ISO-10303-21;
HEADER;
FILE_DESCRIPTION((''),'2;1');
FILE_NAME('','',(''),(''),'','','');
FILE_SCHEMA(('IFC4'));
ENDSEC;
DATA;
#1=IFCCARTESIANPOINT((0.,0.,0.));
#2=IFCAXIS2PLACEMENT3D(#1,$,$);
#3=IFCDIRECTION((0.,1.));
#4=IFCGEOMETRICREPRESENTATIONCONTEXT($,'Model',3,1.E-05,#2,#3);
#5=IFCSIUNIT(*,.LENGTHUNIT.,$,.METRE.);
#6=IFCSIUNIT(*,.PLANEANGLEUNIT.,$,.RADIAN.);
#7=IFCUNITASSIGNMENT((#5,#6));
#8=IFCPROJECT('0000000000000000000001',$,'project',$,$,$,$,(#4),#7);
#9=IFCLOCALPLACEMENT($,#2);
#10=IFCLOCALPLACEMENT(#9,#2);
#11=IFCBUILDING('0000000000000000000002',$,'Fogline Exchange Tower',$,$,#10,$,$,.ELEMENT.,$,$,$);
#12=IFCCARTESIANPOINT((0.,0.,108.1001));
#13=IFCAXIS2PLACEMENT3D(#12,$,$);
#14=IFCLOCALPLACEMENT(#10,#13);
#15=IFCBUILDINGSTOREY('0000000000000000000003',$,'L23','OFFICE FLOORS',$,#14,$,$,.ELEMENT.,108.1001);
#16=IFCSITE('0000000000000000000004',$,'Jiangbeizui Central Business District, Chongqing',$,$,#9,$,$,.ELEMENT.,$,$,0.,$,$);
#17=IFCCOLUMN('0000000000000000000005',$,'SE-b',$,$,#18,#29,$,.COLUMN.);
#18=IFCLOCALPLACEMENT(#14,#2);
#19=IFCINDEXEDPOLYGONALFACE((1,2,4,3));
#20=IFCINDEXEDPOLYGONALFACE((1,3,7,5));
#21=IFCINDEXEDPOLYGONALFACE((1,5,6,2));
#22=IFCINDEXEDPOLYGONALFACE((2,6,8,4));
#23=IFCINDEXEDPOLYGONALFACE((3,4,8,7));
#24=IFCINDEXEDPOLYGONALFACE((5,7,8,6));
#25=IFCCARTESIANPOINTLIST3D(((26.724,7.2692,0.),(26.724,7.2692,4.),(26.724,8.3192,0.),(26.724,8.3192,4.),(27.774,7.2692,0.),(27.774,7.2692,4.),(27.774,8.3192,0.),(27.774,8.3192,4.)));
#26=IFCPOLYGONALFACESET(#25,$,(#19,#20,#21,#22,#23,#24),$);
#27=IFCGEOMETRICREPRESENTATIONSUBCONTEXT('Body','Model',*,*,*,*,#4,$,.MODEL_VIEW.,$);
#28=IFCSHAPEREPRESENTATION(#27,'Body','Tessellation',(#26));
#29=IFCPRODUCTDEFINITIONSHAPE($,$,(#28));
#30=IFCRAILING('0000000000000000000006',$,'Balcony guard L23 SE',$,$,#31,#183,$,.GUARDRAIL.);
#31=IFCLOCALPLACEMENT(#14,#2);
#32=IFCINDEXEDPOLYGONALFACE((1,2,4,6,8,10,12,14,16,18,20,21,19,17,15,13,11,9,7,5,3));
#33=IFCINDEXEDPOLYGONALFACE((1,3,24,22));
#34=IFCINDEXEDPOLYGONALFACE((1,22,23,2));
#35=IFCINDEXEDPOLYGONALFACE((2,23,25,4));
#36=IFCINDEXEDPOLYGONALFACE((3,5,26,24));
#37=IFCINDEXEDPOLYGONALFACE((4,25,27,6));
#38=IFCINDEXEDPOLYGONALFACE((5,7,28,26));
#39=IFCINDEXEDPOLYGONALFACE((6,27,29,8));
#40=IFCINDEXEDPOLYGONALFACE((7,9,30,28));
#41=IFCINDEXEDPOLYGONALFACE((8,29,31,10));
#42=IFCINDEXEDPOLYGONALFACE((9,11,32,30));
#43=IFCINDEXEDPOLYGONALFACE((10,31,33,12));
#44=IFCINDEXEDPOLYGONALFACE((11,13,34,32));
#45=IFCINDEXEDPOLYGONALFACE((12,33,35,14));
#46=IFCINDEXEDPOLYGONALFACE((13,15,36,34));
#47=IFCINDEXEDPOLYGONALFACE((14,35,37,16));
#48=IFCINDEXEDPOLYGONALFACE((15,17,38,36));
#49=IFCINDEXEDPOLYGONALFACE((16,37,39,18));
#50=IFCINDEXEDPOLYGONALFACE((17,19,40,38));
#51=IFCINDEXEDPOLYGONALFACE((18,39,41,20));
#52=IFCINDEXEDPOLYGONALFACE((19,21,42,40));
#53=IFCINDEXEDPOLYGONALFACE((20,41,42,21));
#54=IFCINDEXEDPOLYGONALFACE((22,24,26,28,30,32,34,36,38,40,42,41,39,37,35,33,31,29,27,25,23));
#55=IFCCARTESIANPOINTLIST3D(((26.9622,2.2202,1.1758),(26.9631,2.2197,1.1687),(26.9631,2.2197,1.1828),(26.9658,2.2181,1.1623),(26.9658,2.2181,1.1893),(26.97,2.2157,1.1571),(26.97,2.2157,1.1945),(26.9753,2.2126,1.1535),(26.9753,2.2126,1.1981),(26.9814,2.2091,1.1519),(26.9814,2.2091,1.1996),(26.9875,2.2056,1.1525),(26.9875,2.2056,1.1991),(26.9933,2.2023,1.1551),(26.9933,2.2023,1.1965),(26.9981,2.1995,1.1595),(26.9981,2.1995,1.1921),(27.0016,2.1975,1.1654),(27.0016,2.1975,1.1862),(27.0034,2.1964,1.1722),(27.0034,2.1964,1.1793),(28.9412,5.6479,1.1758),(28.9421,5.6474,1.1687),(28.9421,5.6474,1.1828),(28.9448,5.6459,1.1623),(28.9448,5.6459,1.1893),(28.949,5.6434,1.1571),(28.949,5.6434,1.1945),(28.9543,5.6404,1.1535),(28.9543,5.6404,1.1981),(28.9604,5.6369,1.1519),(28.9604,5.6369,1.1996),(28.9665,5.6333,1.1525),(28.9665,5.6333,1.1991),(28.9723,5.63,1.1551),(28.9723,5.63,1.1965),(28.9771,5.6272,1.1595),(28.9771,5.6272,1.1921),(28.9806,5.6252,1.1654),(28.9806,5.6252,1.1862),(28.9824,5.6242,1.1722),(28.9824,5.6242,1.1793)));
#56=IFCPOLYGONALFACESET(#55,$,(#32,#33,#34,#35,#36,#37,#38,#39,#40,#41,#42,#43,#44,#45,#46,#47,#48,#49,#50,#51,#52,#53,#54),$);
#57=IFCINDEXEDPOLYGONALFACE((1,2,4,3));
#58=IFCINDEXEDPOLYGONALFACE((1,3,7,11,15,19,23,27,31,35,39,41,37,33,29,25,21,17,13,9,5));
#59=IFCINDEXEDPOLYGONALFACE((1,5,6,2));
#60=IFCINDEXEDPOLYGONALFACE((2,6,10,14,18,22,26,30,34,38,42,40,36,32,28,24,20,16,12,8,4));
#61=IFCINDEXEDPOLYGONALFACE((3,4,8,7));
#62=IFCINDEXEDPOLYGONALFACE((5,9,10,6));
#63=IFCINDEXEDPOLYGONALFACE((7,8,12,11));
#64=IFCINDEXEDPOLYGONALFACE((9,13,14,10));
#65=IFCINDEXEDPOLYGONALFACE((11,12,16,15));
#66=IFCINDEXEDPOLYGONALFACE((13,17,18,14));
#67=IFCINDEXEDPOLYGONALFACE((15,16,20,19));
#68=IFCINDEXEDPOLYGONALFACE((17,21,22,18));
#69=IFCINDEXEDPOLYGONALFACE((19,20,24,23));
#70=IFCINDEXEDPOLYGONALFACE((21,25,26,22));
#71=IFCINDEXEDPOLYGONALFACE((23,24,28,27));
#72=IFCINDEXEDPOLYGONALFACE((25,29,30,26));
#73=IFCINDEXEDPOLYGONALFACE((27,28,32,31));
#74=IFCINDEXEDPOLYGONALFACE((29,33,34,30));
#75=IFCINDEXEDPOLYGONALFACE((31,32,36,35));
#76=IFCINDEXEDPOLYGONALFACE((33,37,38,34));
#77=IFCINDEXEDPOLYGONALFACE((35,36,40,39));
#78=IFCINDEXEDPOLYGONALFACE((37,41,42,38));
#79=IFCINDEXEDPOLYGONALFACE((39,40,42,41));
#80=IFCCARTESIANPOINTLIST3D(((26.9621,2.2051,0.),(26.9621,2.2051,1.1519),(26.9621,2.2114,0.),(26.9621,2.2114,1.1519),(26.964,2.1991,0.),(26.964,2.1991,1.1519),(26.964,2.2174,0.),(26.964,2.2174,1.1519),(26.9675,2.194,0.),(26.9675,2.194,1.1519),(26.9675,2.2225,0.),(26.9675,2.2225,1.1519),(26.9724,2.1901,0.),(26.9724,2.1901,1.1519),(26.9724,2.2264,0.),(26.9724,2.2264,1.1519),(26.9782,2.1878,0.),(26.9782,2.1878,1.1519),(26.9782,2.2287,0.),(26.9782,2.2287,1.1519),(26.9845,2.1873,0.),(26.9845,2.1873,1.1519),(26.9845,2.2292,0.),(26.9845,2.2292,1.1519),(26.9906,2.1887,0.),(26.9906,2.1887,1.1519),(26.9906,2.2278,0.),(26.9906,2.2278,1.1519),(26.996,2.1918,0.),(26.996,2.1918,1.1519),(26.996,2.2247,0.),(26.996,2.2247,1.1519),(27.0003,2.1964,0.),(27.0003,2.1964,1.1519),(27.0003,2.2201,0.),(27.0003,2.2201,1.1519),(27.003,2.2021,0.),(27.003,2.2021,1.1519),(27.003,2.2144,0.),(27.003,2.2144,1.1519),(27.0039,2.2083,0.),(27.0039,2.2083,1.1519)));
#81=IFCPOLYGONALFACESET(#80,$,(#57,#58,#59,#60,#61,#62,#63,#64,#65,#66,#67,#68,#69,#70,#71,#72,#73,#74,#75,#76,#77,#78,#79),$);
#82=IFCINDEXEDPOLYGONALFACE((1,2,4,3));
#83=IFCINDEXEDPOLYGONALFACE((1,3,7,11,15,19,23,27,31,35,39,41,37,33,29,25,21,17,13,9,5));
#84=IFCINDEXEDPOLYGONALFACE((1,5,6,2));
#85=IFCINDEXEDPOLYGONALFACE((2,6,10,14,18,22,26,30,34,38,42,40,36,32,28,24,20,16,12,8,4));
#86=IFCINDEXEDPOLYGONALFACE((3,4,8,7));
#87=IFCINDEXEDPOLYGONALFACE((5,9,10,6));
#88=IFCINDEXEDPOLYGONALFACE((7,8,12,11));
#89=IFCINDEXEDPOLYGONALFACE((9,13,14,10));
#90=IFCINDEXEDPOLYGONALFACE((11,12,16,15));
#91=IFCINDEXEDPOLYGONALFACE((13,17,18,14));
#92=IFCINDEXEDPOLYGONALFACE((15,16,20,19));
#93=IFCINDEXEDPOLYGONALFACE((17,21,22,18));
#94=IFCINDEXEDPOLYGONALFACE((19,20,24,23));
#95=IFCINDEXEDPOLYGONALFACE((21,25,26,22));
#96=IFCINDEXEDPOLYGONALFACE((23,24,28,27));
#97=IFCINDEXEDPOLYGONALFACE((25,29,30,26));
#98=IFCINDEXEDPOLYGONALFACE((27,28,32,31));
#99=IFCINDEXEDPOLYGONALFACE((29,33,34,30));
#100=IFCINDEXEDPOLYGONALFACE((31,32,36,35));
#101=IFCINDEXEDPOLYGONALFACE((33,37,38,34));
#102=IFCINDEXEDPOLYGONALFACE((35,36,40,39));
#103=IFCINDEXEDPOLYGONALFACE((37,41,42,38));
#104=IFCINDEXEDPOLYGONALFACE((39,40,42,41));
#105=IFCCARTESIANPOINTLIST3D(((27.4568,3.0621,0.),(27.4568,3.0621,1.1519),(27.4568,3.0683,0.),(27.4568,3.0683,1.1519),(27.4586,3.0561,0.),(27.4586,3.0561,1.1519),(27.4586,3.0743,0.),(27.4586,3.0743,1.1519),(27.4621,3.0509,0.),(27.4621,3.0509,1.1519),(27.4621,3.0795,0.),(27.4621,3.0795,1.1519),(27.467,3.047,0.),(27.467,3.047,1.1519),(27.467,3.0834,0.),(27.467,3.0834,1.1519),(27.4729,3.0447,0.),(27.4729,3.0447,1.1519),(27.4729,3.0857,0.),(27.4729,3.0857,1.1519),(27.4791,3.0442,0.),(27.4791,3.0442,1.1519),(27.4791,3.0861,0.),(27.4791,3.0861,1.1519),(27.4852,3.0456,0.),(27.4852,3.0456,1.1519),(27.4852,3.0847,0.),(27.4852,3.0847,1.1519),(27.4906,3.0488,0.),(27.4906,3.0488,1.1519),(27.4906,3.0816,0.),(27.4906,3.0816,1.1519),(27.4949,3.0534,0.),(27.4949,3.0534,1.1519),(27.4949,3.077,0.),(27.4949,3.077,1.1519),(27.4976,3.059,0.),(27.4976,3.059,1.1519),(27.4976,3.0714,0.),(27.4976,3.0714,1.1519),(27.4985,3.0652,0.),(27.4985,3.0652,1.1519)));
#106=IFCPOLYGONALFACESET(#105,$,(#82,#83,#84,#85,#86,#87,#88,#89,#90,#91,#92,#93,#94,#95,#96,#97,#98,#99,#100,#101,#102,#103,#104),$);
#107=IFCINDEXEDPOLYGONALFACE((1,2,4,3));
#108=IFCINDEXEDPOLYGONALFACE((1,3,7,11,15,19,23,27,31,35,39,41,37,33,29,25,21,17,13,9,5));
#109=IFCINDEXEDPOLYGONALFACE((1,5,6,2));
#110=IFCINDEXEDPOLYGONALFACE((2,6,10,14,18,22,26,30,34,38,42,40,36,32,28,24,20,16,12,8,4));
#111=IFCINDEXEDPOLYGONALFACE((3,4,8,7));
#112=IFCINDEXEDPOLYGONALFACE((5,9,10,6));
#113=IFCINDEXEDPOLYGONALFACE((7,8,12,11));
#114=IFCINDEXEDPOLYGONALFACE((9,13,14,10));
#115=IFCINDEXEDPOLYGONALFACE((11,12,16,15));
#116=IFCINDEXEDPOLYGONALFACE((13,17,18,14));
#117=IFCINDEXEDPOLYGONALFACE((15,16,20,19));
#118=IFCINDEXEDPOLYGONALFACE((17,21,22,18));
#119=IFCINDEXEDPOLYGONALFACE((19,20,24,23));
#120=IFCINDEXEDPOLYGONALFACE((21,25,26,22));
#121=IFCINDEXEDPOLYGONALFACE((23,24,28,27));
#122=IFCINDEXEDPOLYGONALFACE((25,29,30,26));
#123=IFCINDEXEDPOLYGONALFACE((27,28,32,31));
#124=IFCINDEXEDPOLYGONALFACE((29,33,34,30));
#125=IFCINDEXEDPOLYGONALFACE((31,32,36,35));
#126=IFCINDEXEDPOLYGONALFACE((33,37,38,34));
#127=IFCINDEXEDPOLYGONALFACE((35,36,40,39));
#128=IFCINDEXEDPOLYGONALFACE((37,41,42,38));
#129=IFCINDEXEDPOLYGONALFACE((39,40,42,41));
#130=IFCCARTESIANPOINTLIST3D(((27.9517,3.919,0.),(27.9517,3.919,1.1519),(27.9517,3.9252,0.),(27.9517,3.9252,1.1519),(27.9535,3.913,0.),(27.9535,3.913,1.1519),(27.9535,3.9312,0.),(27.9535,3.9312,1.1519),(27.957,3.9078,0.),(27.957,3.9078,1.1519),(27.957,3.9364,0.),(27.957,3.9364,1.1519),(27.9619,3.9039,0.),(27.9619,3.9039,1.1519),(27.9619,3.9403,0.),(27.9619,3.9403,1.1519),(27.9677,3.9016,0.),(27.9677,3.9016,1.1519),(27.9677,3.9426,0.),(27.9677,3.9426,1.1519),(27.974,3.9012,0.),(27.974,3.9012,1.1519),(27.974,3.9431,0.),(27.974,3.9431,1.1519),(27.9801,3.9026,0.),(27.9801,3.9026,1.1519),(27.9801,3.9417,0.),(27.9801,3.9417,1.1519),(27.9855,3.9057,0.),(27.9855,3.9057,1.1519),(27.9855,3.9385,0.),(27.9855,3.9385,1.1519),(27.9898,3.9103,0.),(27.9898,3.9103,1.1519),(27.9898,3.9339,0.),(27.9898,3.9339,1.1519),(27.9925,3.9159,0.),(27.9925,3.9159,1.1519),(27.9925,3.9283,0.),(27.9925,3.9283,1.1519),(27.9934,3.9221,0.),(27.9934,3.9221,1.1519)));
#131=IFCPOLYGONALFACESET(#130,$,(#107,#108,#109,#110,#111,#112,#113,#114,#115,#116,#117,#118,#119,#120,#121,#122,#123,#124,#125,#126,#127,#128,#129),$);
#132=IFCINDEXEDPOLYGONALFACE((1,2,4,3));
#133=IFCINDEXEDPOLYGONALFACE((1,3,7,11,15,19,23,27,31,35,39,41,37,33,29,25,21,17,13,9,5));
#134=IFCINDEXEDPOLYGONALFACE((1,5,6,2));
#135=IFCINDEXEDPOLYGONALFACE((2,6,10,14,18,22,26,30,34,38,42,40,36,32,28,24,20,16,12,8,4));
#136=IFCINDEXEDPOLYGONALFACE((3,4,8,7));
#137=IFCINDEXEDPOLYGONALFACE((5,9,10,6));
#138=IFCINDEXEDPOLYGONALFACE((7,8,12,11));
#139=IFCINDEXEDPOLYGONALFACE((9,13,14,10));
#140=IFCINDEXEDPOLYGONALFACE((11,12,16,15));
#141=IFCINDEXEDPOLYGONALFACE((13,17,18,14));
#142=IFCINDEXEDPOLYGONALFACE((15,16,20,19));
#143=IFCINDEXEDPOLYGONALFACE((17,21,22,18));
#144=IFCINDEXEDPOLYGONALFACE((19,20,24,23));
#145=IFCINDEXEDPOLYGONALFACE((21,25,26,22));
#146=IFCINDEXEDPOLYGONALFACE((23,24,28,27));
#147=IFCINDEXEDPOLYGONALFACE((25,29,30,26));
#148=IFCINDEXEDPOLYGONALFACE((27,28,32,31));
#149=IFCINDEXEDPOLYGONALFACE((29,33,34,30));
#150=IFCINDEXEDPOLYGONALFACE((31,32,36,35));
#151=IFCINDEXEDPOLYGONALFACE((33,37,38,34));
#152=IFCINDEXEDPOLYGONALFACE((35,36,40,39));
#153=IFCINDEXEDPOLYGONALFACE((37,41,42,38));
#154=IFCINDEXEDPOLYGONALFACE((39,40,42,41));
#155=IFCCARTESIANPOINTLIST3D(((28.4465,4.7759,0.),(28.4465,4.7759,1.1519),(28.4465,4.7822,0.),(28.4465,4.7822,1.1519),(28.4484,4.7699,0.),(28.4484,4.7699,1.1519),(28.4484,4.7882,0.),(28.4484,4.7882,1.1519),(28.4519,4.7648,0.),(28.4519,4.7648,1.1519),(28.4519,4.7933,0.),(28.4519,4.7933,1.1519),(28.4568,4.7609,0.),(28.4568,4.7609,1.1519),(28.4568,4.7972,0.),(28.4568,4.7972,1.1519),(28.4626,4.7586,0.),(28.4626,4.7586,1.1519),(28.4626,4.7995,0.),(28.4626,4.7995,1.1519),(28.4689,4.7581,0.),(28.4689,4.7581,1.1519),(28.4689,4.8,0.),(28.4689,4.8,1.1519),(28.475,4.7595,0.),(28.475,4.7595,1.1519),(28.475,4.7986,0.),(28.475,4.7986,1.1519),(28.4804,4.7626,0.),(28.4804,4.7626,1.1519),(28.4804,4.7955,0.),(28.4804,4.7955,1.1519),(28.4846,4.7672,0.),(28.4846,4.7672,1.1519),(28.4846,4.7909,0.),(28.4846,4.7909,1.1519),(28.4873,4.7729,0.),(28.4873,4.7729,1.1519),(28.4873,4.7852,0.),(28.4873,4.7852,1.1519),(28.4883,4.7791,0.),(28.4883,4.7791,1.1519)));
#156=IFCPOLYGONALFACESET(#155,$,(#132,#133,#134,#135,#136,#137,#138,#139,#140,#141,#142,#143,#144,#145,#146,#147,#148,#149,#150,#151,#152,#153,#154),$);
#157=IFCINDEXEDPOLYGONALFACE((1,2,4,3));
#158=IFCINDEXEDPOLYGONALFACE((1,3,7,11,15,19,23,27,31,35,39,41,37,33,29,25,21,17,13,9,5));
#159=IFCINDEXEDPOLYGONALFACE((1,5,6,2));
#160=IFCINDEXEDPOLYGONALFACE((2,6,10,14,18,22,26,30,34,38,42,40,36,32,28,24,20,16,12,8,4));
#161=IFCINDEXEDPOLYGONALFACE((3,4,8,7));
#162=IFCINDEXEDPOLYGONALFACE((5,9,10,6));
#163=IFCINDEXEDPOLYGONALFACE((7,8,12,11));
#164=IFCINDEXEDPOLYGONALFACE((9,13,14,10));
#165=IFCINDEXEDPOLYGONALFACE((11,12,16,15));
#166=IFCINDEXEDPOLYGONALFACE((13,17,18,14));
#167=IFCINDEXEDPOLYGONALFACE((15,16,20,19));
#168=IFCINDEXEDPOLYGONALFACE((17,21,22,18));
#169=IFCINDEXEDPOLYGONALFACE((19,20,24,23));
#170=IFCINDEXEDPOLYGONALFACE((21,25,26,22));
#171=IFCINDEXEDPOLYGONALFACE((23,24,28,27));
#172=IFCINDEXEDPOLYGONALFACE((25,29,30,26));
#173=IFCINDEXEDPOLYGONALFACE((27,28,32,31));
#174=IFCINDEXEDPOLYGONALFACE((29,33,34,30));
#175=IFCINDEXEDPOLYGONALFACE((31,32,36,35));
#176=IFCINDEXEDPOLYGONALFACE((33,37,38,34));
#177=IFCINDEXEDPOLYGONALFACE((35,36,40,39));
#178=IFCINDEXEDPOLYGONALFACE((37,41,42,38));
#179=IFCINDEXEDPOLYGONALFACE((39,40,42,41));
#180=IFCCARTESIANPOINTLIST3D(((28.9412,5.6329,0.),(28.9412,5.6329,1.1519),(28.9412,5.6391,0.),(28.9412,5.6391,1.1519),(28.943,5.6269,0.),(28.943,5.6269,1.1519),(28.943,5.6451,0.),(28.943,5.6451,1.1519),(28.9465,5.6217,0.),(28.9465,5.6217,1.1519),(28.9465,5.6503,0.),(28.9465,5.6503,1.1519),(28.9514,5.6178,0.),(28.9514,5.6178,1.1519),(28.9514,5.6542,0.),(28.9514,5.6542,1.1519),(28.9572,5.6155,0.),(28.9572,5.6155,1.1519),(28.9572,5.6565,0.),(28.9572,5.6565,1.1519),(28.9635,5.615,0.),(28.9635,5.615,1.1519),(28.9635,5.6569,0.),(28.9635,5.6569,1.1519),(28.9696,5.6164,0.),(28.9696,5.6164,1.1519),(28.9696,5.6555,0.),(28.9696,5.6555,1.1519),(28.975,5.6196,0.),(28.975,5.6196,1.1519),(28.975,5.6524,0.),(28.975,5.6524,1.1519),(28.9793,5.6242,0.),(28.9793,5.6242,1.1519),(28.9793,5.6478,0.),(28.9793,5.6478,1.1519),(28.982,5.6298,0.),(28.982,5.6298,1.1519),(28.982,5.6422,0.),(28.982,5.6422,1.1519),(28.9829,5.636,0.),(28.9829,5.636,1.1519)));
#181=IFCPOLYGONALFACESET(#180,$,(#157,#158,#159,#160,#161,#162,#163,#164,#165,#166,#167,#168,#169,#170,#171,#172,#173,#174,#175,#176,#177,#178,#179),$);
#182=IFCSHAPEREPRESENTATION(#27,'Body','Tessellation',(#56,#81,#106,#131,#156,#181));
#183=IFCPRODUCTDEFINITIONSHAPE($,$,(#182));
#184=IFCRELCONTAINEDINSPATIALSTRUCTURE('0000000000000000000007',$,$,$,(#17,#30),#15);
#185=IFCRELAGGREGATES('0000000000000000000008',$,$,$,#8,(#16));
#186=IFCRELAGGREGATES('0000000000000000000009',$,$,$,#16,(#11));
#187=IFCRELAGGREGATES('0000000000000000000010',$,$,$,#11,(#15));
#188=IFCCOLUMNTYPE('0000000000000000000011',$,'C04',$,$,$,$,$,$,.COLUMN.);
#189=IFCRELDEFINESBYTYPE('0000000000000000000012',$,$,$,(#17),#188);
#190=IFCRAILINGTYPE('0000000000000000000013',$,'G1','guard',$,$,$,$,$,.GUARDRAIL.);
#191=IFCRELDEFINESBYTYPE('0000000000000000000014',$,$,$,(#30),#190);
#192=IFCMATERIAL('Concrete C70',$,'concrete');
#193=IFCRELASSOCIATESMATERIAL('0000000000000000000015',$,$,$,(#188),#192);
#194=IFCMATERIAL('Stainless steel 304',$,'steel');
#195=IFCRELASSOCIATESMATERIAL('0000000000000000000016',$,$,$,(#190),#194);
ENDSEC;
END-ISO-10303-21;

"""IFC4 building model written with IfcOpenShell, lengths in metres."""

from ifc_helpers import new_model, si_unit, direction, frame, origin, origin_2d, place, context, subcontext, project, spatial, rectangle, circle, extrude, material, material_profile, profile_set, type_object, element, save


model = new_model("IFC4")

# Units and contexts
model_context = context("Model", 3, precision=1e-05, world=origin(), true_north=direction((0.0, 1.0)))
body_context = subcontext(model_context, "Body", "Model", "MODEL_VIEW")
ifc_project = project(units=[si_unit("LENGTHUNIT", "METRE"), si_unit("PLANEANGLEUNIT", "RADIAN")], contexts=[model_context])

# Site, building, storey
site_placement = place(None, origin())
site = spatial("IfcSite", under=ifc_project, at=site_placement, Name="Jiangbeizui Central Business District, Chongqing", CompositionType="ELEMENT", RefElevation=0.0)
building_placement = place(site_placement, origin())
building = spatial("IfcBuilding", under=site, at=building_placement, Name="Fogline Exchange Tower", CompositionType="ELEMENT")
storey_placement = place(building_placement, frame((0.0, 0.0, 108.1001)))
storey = spatial("IfcBuildingStorey", under=building, at=storey_placement, Name="L23", Description="OFFICE FLOORS", CompositionType="ELEMENT", Elevation=108.1001)

# Column
ifc_material_1 = material(Name="Concrete C70", Category="concrete")
ifc_material_profile = material_profile(ifc_material_1, rectangle(XDim=1.05, YDim=1.05, at=origin_2d()), Name="RC 1050x1050")
ifc_profile_set = profile_set([ifc_material_profile], Name="Concrete C70")
column_type = type_object("IfcColumnType", Name="C04", PredefinedType="COLUMN", material=ifc_profile_set)
column_placement = place(storey_placement, frame((27.249, 7.7942, 0.0), z_axis=(0.0, 0.0, 1.0), x_axis=(1.0, 0.0, 0.0)))
element("IfcColumn", 1, at=column_placement, inside=storey, type_object=column_type, Name="SE-b", PredefinedType="COLUMN", context=body_context, shape_type="SweptSolid", body=[
    extrude(rectangle(XDim=1.05, YDim=1.05, at=origin_2d()), origin(), (0.0, 0.0, 1.0), 4.0),
])

# Railing
ifc_material_2 = material(Name="Stainless steel 304", Category="steel")
railing_type = type_object("IfcRailingType", Name="G1", Description="guard", PredefinedType="GUARDRAIL", material=ifc_material_2)
railing_placement = place(storey_placement, frame((26.9829, 2.2083, 0.0)))
element("IfcRailing", 2, at=railing_placement, inside=storey, type_object=railing_type, Name="Balcony guard L23 SE", PredefinedType="GUARDRAIL", context=body_context, shape_type="SweptSolid", body=[
    extrude(circle(Radius=0.0239, at=origin_2d()), frame((0.0, 0.0, 1.1758), z_axis=(0.5, 0.866025, 0.0), x_axis=(-0.866025, 0.5, 0.0)), (0.0, 0.0, 1.0), 3.958),
    extrude(circle(Radius=0.021, at=origin_2d()), origin(), (0.0, 0.0, 1.0), 1.1519),
    extrude(circle(Radius=0.021, at=origin_2d()), frame((0.4946, 0.8569, 0.0)), (0.0, 0.0, 1.0), 1.1519),
    extrude(circle(Radius=0.021, at=origin_2d()), frame((0.9895, 1.7139, 0.0)), (0.0, 0.0, 1.0), 1.1519),
    extrude(circle(Radius=0.021, at=origin_2d()), frame((1.4844, 2.5708, 0.0)), (0.0, 0.0, 1.0), 1.1519),
    extrude(circle(Radius=0.021, at=origin_2d()), frame((1.979, 3.4277, 0.0)), (0.0, 0.0, 1.0), 1.1519),
])

save(model, "model.ifc")
